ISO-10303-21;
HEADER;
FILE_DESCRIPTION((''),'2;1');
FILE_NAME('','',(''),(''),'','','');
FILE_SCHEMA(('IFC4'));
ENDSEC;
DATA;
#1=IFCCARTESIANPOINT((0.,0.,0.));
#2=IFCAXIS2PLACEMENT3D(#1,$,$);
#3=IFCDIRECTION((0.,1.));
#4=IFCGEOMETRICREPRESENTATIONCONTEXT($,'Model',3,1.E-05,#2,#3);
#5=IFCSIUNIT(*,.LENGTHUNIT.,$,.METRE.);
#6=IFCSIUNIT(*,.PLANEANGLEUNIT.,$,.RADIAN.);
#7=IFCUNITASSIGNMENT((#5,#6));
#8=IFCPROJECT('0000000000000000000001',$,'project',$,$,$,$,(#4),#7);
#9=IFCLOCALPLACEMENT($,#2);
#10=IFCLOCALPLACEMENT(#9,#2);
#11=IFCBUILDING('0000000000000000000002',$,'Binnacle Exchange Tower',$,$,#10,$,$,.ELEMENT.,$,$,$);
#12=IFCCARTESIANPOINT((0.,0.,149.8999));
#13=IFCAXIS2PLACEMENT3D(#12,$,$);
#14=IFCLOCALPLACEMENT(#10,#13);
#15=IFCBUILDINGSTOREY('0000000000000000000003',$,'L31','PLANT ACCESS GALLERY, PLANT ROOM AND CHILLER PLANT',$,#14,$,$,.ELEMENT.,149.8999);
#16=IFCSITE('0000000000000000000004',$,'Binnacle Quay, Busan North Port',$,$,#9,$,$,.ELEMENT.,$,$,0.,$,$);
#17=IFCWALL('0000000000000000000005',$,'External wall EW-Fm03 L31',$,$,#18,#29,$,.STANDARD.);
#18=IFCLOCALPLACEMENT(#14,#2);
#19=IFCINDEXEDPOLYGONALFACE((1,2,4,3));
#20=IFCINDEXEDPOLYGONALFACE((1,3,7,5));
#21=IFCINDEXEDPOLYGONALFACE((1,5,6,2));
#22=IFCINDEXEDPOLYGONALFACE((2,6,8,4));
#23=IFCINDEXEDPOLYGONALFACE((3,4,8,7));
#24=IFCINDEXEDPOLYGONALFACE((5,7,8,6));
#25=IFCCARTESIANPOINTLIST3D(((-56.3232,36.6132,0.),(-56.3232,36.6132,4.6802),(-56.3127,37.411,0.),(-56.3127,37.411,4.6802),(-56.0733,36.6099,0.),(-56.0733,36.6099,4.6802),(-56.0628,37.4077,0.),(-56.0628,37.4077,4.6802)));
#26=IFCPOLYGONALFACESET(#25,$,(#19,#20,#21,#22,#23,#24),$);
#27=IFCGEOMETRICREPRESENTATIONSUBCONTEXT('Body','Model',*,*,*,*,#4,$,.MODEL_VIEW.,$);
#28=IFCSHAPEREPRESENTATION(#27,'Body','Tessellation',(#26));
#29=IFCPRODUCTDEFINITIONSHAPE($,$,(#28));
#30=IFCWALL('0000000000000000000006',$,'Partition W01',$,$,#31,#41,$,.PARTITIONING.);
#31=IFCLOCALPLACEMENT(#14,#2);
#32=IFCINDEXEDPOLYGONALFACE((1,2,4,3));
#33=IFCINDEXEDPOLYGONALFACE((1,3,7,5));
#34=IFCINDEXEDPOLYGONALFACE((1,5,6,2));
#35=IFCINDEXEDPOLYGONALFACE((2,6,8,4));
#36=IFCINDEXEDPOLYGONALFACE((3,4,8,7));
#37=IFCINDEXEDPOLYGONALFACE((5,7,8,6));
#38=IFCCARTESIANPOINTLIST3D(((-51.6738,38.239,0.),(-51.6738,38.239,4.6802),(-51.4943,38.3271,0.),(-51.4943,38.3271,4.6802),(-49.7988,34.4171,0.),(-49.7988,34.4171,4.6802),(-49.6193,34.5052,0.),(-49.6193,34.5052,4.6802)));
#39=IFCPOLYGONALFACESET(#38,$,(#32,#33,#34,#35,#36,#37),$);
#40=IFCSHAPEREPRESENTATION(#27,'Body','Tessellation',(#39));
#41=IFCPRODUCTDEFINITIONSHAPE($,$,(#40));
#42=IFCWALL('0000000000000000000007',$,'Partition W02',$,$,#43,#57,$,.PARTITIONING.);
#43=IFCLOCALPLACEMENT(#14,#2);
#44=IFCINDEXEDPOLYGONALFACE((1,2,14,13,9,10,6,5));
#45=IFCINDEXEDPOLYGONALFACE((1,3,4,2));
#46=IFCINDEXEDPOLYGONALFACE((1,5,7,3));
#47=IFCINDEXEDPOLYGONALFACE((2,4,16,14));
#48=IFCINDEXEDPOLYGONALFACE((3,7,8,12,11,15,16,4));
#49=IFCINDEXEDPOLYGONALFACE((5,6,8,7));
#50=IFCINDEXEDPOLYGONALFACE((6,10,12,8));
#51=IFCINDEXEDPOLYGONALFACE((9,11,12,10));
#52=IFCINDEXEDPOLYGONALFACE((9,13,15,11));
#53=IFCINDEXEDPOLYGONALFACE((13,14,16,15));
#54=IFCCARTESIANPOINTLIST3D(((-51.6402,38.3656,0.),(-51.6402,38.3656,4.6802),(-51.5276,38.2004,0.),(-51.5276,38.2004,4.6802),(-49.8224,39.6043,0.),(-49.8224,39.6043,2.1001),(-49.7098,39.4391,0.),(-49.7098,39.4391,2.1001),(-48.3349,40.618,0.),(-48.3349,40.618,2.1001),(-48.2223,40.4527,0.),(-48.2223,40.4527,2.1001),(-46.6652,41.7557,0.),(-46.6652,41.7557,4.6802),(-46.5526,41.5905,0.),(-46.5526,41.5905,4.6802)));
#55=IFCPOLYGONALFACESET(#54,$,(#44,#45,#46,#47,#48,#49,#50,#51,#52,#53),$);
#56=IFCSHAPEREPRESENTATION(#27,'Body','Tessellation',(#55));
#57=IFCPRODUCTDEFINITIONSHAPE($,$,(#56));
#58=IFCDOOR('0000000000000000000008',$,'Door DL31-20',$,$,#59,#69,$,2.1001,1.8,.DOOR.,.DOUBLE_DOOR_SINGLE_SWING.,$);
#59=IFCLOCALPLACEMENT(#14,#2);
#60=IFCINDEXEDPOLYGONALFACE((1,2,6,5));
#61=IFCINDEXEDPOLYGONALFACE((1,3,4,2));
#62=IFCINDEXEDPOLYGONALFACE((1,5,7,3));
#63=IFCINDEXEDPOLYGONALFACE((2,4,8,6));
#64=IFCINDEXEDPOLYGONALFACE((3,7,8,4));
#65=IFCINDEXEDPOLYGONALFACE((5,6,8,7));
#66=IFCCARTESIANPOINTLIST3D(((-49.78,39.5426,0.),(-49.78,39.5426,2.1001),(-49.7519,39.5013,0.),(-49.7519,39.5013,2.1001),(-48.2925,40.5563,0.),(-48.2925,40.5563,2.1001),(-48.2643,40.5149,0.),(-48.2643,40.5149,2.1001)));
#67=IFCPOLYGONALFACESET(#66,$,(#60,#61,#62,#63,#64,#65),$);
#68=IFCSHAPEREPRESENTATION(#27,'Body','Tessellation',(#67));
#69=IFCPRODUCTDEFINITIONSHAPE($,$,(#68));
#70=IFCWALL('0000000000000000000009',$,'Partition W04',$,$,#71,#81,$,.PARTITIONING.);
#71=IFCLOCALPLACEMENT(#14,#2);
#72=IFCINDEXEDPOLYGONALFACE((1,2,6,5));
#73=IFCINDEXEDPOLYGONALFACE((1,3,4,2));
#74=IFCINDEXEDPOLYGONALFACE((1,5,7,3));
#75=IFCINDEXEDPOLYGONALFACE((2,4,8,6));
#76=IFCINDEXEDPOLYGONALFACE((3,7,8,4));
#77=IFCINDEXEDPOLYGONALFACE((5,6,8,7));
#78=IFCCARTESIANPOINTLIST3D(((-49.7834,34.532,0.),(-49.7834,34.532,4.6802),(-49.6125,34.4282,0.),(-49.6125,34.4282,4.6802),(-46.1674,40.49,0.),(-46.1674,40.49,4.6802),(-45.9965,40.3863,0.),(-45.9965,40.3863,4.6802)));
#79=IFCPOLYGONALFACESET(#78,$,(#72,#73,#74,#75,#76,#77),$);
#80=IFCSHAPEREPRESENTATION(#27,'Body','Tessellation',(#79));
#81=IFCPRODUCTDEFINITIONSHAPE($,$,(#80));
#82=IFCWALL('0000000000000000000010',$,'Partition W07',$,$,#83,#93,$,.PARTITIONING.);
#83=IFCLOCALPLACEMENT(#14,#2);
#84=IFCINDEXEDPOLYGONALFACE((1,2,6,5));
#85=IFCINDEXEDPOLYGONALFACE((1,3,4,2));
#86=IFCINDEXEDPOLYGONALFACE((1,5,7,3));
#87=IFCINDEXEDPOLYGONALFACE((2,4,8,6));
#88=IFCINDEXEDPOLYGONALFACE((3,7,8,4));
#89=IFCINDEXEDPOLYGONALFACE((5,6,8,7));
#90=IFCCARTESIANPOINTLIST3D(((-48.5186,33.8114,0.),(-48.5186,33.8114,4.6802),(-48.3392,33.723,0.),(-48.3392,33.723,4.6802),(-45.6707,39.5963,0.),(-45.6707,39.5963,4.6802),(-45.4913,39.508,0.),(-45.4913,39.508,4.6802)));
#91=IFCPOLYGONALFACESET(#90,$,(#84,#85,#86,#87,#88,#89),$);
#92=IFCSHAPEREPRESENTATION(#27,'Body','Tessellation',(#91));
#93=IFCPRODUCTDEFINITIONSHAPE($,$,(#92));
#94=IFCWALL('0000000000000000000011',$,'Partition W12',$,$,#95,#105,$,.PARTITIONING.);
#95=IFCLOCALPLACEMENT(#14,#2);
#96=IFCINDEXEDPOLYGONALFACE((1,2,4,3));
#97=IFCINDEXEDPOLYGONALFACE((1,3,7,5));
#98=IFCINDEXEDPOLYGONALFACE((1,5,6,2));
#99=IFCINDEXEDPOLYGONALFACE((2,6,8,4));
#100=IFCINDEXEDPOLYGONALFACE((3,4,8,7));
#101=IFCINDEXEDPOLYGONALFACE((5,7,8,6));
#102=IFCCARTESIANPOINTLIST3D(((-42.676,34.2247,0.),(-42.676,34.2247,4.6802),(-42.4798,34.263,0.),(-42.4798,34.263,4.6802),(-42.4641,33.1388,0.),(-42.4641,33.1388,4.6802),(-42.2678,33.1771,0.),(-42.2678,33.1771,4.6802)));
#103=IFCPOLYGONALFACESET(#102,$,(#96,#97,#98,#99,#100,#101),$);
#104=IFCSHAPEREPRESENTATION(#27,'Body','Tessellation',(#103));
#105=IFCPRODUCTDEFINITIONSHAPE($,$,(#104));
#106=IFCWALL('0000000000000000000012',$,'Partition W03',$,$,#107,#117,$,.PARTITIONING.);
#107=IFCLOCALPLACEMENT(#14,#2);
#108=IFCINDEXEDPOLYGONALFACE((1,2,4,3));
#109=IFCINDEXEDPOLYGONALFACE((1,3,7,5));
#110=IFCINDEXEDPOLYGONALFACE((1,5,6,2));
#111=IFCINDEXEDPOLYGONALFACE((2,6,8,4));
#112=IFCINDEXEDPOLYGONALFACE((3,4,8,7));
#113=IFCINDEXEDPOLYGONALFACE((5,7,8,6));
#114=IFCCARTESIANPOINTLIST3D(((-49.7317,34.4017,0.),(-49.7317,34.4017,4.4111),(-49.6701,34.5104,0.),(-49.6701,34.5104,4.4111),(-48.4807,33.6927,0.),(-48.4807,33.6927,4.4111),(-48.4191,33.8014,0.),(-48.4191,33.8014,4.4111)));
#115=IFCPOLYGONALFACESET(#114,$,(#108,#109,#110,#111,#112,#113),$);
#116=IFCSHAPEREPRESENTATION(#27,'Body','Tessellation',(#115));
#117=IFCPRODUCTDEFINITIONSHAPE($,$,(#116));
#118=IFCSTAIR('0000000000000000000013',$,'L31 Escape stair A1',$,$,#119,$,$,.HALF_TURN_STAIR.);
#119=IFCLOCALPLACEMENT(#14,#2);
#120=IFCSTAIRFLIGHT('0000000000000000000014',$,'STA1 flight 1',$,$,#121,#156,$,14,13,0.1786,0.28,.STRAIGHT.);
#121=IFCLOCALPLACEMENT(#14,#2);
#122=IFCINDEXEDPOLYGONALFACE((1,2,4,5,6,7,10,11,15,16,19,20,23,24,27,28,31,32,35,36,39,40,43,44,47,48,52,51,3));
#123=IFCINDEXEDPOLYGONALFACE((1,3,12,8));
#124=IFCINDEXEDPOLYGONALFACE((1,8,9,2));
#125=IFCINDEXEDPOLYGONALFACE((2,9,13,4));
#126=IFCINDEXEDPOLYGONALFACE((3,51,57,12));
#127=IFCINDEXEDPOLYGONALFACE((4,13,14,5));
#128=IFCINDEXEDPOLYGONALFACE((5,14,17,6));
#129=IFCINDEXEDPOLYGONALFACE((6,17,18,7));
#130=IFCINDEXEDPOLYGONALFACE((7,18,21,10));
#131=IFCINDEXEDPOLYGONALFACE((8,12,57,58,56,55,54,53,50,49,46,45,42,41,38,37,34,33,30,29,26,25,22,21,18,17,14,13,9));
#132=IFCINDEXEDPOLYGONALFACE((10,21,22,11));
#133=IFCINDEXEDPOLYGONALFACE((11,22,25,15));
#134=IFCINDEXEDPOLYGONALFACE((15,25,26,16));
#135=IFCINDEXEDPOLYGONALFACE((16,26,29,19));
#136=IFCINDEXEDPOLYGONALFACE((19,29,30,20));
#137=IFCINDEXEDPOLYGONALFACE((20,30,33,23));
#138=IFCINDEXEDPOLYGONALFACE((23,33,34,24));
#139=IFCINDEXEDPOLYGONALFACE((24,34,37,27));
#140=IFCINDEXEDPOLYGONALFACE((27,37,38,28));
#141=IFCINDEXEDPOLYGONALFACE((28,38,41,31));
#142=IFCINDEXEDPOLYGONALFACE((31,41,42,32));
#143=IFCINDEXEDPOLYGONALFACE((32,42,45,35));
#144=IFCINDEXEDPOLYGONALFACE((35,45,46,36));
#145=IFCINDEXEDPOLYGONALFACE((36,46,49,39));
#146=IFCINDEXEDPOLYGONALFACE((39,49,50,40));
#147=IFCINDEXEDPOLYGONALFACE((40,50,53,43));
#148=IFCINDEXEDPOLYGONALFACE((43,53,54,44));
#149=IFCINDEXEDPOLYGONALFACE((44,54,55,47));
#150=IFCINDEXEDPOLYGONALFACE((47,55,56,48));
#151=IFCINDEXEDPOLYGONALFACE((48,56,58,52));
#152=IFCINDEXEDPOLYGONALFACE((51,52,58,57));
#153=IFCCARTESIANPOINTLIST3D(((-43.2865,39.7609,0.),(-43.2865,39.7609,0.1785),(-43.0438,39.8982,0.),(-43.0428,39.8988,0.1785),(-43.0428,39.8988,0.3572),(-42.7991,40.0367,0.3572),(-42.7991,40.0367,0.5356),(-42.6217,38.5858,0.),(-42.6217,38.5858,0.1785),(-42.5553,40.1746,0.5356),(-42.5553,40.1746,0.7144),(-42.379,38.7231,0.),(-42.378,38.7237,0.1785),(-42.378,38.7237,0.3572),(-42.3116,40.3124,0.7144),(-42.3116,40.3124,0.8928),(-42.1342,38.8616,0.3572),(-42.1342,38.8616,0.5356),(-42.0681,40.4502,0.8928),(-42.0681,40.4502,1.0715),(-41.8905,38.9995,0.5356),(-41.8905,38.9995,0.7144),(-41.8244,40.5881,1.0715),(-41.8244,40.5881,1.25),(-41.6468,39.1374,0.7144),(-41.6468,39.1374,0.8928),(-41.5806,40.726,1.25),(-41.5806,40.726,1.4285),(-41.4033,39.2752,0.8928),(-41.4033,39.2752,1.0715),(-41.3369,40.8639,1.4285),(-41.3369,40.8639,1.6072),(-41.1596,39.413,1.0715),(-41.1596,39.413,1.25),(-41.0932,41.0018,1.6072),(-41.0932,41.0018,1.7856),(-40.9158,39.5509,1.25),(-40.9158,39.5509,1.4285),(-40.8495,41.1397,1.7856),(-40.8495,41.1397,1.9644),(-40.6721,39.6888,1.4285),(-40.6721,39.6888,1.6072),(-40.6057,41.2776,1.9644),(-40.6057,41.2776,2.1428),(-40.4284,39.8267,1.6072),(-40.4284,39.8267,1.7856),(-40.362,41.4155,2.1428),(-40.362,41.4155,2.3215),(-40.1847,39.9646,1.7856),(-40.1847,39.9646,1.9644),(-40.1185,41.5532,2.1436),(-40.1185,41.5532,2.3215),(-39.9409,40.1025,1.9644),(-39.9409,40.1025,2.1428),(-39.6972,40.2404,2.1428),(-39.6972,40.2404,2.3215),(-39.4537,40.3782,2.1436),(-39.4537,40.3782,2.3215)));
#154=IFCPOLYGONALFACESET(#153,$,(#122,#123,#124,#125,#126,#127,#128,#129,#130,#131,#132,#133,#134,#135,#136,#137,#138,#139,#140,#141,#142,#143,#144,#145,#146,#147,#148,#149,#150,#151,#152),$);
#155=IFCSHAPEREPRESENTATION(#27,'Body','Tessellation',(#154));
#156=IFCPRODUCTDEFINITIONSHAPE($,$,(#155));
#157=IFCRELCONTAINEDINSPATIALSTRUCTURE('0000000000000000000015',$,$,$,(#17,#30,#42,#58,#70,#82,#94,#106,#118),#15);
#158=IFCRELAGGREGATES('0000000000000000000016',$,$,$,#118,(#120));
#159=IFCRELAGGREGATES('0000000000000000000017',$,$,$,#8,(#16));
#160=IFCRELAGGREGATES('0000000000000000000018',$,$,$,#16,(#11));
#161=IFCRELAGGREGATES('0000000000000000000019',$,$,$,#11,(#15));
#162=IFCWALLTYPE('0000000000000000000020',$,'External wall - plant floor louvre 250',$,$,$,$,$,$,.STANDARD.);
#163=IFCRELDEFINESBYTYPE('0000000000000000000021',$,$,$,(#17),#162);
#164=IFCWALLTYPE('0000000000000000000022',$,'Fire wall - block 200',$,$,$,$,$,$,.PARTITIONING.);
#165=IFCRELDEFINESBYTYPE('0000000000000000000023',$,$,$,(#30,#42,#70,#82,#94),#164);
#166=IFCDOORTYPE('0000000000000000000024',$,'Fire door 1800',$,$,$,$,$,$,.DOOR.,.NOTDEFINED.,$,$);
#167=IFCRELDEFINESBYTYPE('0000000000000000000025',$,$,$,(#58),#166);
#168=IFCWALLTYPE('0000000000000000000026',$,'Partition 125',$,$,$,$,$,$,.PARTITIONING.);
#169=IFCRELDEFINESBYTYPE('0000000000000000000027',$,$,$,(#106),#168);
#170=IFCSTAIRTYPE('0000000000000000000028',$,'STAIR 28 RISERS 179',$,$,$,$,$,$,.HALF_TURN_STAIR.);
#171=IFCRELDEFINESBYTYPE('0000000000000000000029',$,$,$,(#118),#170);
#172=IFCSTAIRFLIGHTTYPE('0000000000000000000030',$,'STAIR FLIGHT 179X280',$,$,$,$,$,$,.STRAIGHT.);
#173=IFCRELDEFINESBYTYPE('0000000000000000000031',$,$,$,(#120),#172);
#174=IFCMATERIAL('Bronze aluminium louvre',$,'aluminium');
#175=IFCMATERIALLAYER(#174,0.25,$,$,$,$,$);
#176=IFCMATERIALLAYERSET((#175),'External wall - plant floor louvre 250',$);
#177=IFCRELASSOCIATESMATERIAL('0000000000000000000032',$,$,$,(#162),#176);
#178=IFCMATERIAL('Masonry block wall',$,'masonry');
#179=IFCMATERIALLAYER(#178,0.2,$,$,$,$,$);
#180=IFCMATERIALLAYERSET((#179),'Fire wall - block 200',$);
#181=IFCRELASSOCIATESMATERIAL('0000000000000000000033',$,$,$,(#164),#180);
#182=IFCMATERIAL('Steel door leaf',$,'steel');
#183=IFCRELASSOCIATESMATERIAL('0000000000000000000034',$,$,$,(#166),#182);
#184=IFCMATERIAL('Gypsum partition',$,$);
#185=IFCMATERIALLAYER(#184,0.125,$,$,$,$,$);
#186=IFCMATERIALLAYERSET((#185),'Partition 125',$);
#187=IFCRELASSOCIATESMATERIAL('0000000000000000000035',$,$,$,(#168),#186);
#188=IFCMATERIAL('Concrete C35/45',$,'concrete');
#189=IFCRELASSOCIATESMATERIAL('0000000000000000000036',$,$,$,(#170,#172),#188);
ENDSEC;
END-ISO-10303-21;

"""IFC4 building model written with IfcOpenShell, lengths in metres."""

from ifc_helpers import new_model, si_unit, direction, frame, frame_2d, origin, place, context, subcontext, project, spatial, polyline, rectangle, outline, extrude, material, layer, layer_set, type_object, element, fill, aggregate, save


model = new_model("IFC4")

# Units and contexts
model_context = context("Model", 3, precision=1e-05, world=origin(), true_north=direction((0.0, 1.0)))
body_context = subcontext(model_context, "Body", "Model", "MODEL_VIEW")
ifc_project = project(units=[si_unit("LENGTHUNIT", "METRE"), si_unit("PLANEANGLEUNIT", "RADIAN")], contexts=[model_context])

# Site, building, storey
site_placement = place(None, origin())
site = spatial("IfcSite", under=ifc_project, at=site_placement, Name="Binnacle Quay, Busan North Port", CompositionType="ELEMENT", RefElevation=0.0)
building_placement = place(site_placement, origin())
building = spatial("IfcBuilding", under=site, at=building_placement, Name="Binnacle Exchange Tower", CompositionType="ELEMENT")
storey_placement = place(building_placement, frame((0.0, 0.0, 149.8999)))
storey = spatial("IfcBuildingStorey", under=building, at=storey_placement, Name="L31", Description="PLANT ACCESS GALLERY, PLANT ROOM AND CHILLER PLANT", CompositionType="ELEMENT", Elevation=149.8999)

# Shared definitions
ifc_material_1 = material(Name="Steel door leaf", Category="steel")

# Walls
ifc_material_2 = material(Name="Bronze aluminium louvre", Category="aluminium")
ifc_layer_1 = layer(ifc_material_2, 0.25)
ifc_layer_set_1 = layer_set([ifc_layer_1], Name="External wall - plant floor louvre 250")
wall_type_1 = type_object("IfcWallType", Name="External wall - plant floor louvre 250", PredefinedType="STANDARD", material=ifc_layer_set_1)
wall_1_placement = place(storey_placement, frame((-56.1982, 36.6116, 0.0), z_axis=(0.0, 0.0, 1.0), x_axis=(0.013157, 0.999913, 0.0)))
element("IfcWall", 1, at=wall_1_placement, inside=storey, type_object=wall_type_1, Name="External wall EW-Fm03 L31", PredefinedType="STANDARD", context=body_context, shape_type="SweptSolid", body=[
    extrude(rectangle(XDim=0.7979, YDim=0.25, at=frame_2d((0.3989, 0.0))), origin(), (0.0, 0.0, 1.0), 4.6802),
])
ifc_material_3 = material(Name="Masonry block wall", Category="masonry")
ifc_layer_2 = layer(ifc_material_3, 0.2)
ifc_layer_set_2 = layer_set([ifc_layer_2], Name="Fire wall - block 200")
wall_type_2 = type_object("IfcWallType", Name="Fire wall - block 200", PredefinedType="PARTITIONING", material=ifc_layer_set_2)
wall_2_placement = place(storey_placement, frame((-51.584, 38.283, 0.0), z_axis=(0.0, 0.0, 1.0), x_axis=(0.440434, -0.897785, 0.0)))
element("IfcWall", 2, at=wall_2_placement, inside=storey, type_object=wall_type_2, Name="Partition W01", PredefinedType="PARTITIONING", context=body_context, shape_type="SweptSolid", body=[
    extrude(rectangle(XDim=4.2571, YDim=0.2, at=frame_2d((2.1284, 0.0))), origin(), (0.0, 0.0, 1.0), 4.6802),
])

# Wall, opening, door
wall_3_placement = place(storey_placement, frame((-51.584, 38.283, 0.0), z_axis=(0.0, 0.0, 1.0), x_axis=(0.82638, 0.563113, 0.0)))
wall_3 = element("IfcWall", 3, at=wall_3_placement, inside=storey, type_object=wall_type_2, Name="Partition W02", PredefinedType="PARTITIONING", context=body_context, shape_type="SweptSolid", body=[
    extrude(rectangle(XDim=6.0203, YDim=0.2, at=frame_2d((3.0103, 0.0))), origin(), (0.0, 0.0, 1.0), 4.6802),
])
opening_1_placement = place(wall_3_placement, frame((2.2, 0.0, 0.0)))
opening_1 = element("IfcOpeningElement", 4, at=opening_1_placement, cuts=wall_3, PredefinedType="OPENING", context=body_context, shape_type="SweptSolid", body=[
    extrude(rectangle(XDim=1.8, YDim=2.1001, at=frame_2d((0.8999, 1.05))), frame((0.0, 0.1099, 0.0), z_axis=(0.0, -1.0, 0.0), x_axis=(1.0, 0.0, 0.0)), (0.0, 0.0, 1.0), 0.22),
])
door_type_1 = type_object("IfcDoorType", Name="Fire door 1800", OperationType="NOTDEFINED", PredefinedType="DOOR", material=ifc_material_1)
door_1_placement = place(opening_1_placement, frame((1.8, 0.0, 0.0), z_axis=(0.0, 0.0, 1.0), x_axis=(-1.0, 0.0, 0.0)))
door_1 = element("IfcDoor", 5, at=door_1_placement, inside=storey, type_object=door_type_1, Name="Door DL31-20", OperationType="DOUBLE_DOOR_SINGLE_SWING", OverallHeight=2.1001, OverallWidth=1.8, PredefinedType="DOOR", context=body_context, shape_type="SweptSolid", body=[
    extrude(rectangle(XDim=1.8, YDim=2.1001, at=frame_2d((0.8999, 1.05))), frame((0.0, 0.0249, 0.0), z_axis=(0.0, -1.0, 0.0), x_axis=(1.0, 0.0, 0.0)), (0.0, 0.0, 1.0), 0.05),
])
fill(opening_1, door_1)

# Walls
wall_4_placement = place(storey_placement, frame((-49.698, 34.48, 0.0), z_axis=(0.0, 0.0, 1.0), x_axis=(0.518832, 0.854876, 0.0)))
element("IfcWall", 6, at=wall_4_placement, inside=storey, type_object=wall_type_2, Name="Partition W04", PredefinedType="PARTITIONING", context=body_context, shape_type="SweptSolid", body=[
    extrude(rectangle(XDim=6.9695, YDim=0.2, at=frame_2d((3.4849, 0.0))), origin(), (0.0, 0.0, 1.0), 4.6802),
])
wall_5_placement = place(storey_placement, frame((-48.429, 33.7671, 0.0), z_axis=(0.0, 0.0, 1.0), x_axis=(0.441677, 0.897174, 0.0)))
element("IfcWall", 7, at=wall_5_placement, inside=storey, type_object=wall_type_2, Name="Partition W07", PredefinedType="PARTITIONING", context=body_context, shape_type="SweptSolid", body=[
    extrude(rectangle(XDim=6.448, YDim=0.2, at=frame_2d((3.2241, 0.0))), origin(), (0.0, 0.0, 1.0), 4.6802),
])
wall_6_placement = place(storey_placement, frame((-42.5779, 34.2439, 0.0), z_axis=(0.0, 0.0, 1.0), x_axis=(0.191531, -0.981487, 0.0)))
element("IfcWall", 8, at=wall_6_placement, inside=storey, type_object=wall_type_2, Name="Partition W12", PredefinedType="PARTITIONING", context=body_context, shape_type="SweptSolid", body=[
    extrude(rectangle(XDim=1.1064, YDim=0.2, at=frame_2d((0.5532, 0.0))), origin(), (0.0, 0.0, 1.0), 4.6802),
])
ifc_material_4 = material(Name="Gypsum partition")
ifc_layer_3 = layer(ifc_material_4, 0.125)
ifc_layer_set_3 = layer_set([ifc_layer_3], Name="Partition 125")
wall_type_3 = type_object("IfcWallType", Name="Partition 125", PredefinedType="PARTITIONING", material=ifc_layer_set_3)
wall_7_placement = place(storey_placement, frame((-49.7009, 34.4561, 0.0), z_axis=(0.0, 0.0, 1.0), x_axis=(0.869993, -0.493064, 0.0)))
element("IfcWall", 9, at=wall_7_placement, inside=storey, type_object=wall_type_3, Name="Partition W03", PredefinedType="PARTITIONING", context=body_context, shape_type="SweptSolid", body=[
    extrude(rectangle(XDim=1.438, YDim=0.125, at=frame_2d((0.719, 0.0))), origin(), (0.0, 0.0, 1.0), 4.4111),
])

# Stair, stair flight
ifc_material_5 = material(Name="Concrete C35/45", Category="concrete")
stair_type = type_object("IfcStairType", Name="STAIR 28 RISERS 179", PredefinedType="HALF_TURN_STAIR", material=ifc_material_5)
stair_placement = place(storey_placement, origin())
stair = element("IfcStair", 10, at=stair_placement, inside=storey, type_object=stair_type, Name="L31 Escape stair A1", PredefinedType="HALF_TURN_STAIR")
stair_flight_type = type_object("IfcStairFlightType", Name="STAIR FLIGHT 179X280", PredefinedType="STRAIGHT", material=ifc_material_5)
stair_flight_1_placement = place(storey_placement, frame((-42.9541, 39.1733, 0.0), z_axis=(0.0, 0.0, 1.0), x_axis=(0.870356, 0.492424, 0.0)))
stair_flight_1 = element("IfcStairFlight", 11, at=stair_flight_1_placement, type_object=stair_flight_type, Name="STA1 flight 1", NumberOfRisers=14, NumberOfTreads=13, PredefinedType="STRAIGHT", RiserHeight=0.1786, TreadLength=0.28, context=body_context, shape_type="SweptSolid", body=[
    extrude(outline(polyline([(0.0, 0.0), (0.0, 0.1785), (0.28, 0.1785), (0.28, 0.3572), (0.5601, 0.3572), (0.5601, 0.5356), (0.8401, 0.5356), (0.8401, 0.7144), (1.1201, 0.7144), (1.1201, 0.8928), (1.3999, 0.8928), (1.3999, 1.0715), (1.6799, 1.0715), (1.6799, 1.25), (1.96, 1.25), (1.96, 1.4285), (2.24, 1.4285), (2.24, 1.6072), (2.52, 1.6072), (2.52, 1.7856), (2.8, 1.7856), (2.8, 1.9644), (3.0801, 1.9644), (3.0801, 2.1428), (3.3601, 2.1428), (3.3601, 2.3215), (3.6399, 2.3215), (3.6399, 2.5), (3.6399, 2.1436), (0.2788, 0.0), (0.0, 0.0)])), frame((0.0, 0.675, 0.0), z_axis=(0.0, -1.0, 0.0), x_axis=(1.0, 0.0, 0.0)), (0.0, 0.0, 1.0), 1.3501),
])
aggregate(stair, [stair_flight_1])

save(model, "model.ifc")
